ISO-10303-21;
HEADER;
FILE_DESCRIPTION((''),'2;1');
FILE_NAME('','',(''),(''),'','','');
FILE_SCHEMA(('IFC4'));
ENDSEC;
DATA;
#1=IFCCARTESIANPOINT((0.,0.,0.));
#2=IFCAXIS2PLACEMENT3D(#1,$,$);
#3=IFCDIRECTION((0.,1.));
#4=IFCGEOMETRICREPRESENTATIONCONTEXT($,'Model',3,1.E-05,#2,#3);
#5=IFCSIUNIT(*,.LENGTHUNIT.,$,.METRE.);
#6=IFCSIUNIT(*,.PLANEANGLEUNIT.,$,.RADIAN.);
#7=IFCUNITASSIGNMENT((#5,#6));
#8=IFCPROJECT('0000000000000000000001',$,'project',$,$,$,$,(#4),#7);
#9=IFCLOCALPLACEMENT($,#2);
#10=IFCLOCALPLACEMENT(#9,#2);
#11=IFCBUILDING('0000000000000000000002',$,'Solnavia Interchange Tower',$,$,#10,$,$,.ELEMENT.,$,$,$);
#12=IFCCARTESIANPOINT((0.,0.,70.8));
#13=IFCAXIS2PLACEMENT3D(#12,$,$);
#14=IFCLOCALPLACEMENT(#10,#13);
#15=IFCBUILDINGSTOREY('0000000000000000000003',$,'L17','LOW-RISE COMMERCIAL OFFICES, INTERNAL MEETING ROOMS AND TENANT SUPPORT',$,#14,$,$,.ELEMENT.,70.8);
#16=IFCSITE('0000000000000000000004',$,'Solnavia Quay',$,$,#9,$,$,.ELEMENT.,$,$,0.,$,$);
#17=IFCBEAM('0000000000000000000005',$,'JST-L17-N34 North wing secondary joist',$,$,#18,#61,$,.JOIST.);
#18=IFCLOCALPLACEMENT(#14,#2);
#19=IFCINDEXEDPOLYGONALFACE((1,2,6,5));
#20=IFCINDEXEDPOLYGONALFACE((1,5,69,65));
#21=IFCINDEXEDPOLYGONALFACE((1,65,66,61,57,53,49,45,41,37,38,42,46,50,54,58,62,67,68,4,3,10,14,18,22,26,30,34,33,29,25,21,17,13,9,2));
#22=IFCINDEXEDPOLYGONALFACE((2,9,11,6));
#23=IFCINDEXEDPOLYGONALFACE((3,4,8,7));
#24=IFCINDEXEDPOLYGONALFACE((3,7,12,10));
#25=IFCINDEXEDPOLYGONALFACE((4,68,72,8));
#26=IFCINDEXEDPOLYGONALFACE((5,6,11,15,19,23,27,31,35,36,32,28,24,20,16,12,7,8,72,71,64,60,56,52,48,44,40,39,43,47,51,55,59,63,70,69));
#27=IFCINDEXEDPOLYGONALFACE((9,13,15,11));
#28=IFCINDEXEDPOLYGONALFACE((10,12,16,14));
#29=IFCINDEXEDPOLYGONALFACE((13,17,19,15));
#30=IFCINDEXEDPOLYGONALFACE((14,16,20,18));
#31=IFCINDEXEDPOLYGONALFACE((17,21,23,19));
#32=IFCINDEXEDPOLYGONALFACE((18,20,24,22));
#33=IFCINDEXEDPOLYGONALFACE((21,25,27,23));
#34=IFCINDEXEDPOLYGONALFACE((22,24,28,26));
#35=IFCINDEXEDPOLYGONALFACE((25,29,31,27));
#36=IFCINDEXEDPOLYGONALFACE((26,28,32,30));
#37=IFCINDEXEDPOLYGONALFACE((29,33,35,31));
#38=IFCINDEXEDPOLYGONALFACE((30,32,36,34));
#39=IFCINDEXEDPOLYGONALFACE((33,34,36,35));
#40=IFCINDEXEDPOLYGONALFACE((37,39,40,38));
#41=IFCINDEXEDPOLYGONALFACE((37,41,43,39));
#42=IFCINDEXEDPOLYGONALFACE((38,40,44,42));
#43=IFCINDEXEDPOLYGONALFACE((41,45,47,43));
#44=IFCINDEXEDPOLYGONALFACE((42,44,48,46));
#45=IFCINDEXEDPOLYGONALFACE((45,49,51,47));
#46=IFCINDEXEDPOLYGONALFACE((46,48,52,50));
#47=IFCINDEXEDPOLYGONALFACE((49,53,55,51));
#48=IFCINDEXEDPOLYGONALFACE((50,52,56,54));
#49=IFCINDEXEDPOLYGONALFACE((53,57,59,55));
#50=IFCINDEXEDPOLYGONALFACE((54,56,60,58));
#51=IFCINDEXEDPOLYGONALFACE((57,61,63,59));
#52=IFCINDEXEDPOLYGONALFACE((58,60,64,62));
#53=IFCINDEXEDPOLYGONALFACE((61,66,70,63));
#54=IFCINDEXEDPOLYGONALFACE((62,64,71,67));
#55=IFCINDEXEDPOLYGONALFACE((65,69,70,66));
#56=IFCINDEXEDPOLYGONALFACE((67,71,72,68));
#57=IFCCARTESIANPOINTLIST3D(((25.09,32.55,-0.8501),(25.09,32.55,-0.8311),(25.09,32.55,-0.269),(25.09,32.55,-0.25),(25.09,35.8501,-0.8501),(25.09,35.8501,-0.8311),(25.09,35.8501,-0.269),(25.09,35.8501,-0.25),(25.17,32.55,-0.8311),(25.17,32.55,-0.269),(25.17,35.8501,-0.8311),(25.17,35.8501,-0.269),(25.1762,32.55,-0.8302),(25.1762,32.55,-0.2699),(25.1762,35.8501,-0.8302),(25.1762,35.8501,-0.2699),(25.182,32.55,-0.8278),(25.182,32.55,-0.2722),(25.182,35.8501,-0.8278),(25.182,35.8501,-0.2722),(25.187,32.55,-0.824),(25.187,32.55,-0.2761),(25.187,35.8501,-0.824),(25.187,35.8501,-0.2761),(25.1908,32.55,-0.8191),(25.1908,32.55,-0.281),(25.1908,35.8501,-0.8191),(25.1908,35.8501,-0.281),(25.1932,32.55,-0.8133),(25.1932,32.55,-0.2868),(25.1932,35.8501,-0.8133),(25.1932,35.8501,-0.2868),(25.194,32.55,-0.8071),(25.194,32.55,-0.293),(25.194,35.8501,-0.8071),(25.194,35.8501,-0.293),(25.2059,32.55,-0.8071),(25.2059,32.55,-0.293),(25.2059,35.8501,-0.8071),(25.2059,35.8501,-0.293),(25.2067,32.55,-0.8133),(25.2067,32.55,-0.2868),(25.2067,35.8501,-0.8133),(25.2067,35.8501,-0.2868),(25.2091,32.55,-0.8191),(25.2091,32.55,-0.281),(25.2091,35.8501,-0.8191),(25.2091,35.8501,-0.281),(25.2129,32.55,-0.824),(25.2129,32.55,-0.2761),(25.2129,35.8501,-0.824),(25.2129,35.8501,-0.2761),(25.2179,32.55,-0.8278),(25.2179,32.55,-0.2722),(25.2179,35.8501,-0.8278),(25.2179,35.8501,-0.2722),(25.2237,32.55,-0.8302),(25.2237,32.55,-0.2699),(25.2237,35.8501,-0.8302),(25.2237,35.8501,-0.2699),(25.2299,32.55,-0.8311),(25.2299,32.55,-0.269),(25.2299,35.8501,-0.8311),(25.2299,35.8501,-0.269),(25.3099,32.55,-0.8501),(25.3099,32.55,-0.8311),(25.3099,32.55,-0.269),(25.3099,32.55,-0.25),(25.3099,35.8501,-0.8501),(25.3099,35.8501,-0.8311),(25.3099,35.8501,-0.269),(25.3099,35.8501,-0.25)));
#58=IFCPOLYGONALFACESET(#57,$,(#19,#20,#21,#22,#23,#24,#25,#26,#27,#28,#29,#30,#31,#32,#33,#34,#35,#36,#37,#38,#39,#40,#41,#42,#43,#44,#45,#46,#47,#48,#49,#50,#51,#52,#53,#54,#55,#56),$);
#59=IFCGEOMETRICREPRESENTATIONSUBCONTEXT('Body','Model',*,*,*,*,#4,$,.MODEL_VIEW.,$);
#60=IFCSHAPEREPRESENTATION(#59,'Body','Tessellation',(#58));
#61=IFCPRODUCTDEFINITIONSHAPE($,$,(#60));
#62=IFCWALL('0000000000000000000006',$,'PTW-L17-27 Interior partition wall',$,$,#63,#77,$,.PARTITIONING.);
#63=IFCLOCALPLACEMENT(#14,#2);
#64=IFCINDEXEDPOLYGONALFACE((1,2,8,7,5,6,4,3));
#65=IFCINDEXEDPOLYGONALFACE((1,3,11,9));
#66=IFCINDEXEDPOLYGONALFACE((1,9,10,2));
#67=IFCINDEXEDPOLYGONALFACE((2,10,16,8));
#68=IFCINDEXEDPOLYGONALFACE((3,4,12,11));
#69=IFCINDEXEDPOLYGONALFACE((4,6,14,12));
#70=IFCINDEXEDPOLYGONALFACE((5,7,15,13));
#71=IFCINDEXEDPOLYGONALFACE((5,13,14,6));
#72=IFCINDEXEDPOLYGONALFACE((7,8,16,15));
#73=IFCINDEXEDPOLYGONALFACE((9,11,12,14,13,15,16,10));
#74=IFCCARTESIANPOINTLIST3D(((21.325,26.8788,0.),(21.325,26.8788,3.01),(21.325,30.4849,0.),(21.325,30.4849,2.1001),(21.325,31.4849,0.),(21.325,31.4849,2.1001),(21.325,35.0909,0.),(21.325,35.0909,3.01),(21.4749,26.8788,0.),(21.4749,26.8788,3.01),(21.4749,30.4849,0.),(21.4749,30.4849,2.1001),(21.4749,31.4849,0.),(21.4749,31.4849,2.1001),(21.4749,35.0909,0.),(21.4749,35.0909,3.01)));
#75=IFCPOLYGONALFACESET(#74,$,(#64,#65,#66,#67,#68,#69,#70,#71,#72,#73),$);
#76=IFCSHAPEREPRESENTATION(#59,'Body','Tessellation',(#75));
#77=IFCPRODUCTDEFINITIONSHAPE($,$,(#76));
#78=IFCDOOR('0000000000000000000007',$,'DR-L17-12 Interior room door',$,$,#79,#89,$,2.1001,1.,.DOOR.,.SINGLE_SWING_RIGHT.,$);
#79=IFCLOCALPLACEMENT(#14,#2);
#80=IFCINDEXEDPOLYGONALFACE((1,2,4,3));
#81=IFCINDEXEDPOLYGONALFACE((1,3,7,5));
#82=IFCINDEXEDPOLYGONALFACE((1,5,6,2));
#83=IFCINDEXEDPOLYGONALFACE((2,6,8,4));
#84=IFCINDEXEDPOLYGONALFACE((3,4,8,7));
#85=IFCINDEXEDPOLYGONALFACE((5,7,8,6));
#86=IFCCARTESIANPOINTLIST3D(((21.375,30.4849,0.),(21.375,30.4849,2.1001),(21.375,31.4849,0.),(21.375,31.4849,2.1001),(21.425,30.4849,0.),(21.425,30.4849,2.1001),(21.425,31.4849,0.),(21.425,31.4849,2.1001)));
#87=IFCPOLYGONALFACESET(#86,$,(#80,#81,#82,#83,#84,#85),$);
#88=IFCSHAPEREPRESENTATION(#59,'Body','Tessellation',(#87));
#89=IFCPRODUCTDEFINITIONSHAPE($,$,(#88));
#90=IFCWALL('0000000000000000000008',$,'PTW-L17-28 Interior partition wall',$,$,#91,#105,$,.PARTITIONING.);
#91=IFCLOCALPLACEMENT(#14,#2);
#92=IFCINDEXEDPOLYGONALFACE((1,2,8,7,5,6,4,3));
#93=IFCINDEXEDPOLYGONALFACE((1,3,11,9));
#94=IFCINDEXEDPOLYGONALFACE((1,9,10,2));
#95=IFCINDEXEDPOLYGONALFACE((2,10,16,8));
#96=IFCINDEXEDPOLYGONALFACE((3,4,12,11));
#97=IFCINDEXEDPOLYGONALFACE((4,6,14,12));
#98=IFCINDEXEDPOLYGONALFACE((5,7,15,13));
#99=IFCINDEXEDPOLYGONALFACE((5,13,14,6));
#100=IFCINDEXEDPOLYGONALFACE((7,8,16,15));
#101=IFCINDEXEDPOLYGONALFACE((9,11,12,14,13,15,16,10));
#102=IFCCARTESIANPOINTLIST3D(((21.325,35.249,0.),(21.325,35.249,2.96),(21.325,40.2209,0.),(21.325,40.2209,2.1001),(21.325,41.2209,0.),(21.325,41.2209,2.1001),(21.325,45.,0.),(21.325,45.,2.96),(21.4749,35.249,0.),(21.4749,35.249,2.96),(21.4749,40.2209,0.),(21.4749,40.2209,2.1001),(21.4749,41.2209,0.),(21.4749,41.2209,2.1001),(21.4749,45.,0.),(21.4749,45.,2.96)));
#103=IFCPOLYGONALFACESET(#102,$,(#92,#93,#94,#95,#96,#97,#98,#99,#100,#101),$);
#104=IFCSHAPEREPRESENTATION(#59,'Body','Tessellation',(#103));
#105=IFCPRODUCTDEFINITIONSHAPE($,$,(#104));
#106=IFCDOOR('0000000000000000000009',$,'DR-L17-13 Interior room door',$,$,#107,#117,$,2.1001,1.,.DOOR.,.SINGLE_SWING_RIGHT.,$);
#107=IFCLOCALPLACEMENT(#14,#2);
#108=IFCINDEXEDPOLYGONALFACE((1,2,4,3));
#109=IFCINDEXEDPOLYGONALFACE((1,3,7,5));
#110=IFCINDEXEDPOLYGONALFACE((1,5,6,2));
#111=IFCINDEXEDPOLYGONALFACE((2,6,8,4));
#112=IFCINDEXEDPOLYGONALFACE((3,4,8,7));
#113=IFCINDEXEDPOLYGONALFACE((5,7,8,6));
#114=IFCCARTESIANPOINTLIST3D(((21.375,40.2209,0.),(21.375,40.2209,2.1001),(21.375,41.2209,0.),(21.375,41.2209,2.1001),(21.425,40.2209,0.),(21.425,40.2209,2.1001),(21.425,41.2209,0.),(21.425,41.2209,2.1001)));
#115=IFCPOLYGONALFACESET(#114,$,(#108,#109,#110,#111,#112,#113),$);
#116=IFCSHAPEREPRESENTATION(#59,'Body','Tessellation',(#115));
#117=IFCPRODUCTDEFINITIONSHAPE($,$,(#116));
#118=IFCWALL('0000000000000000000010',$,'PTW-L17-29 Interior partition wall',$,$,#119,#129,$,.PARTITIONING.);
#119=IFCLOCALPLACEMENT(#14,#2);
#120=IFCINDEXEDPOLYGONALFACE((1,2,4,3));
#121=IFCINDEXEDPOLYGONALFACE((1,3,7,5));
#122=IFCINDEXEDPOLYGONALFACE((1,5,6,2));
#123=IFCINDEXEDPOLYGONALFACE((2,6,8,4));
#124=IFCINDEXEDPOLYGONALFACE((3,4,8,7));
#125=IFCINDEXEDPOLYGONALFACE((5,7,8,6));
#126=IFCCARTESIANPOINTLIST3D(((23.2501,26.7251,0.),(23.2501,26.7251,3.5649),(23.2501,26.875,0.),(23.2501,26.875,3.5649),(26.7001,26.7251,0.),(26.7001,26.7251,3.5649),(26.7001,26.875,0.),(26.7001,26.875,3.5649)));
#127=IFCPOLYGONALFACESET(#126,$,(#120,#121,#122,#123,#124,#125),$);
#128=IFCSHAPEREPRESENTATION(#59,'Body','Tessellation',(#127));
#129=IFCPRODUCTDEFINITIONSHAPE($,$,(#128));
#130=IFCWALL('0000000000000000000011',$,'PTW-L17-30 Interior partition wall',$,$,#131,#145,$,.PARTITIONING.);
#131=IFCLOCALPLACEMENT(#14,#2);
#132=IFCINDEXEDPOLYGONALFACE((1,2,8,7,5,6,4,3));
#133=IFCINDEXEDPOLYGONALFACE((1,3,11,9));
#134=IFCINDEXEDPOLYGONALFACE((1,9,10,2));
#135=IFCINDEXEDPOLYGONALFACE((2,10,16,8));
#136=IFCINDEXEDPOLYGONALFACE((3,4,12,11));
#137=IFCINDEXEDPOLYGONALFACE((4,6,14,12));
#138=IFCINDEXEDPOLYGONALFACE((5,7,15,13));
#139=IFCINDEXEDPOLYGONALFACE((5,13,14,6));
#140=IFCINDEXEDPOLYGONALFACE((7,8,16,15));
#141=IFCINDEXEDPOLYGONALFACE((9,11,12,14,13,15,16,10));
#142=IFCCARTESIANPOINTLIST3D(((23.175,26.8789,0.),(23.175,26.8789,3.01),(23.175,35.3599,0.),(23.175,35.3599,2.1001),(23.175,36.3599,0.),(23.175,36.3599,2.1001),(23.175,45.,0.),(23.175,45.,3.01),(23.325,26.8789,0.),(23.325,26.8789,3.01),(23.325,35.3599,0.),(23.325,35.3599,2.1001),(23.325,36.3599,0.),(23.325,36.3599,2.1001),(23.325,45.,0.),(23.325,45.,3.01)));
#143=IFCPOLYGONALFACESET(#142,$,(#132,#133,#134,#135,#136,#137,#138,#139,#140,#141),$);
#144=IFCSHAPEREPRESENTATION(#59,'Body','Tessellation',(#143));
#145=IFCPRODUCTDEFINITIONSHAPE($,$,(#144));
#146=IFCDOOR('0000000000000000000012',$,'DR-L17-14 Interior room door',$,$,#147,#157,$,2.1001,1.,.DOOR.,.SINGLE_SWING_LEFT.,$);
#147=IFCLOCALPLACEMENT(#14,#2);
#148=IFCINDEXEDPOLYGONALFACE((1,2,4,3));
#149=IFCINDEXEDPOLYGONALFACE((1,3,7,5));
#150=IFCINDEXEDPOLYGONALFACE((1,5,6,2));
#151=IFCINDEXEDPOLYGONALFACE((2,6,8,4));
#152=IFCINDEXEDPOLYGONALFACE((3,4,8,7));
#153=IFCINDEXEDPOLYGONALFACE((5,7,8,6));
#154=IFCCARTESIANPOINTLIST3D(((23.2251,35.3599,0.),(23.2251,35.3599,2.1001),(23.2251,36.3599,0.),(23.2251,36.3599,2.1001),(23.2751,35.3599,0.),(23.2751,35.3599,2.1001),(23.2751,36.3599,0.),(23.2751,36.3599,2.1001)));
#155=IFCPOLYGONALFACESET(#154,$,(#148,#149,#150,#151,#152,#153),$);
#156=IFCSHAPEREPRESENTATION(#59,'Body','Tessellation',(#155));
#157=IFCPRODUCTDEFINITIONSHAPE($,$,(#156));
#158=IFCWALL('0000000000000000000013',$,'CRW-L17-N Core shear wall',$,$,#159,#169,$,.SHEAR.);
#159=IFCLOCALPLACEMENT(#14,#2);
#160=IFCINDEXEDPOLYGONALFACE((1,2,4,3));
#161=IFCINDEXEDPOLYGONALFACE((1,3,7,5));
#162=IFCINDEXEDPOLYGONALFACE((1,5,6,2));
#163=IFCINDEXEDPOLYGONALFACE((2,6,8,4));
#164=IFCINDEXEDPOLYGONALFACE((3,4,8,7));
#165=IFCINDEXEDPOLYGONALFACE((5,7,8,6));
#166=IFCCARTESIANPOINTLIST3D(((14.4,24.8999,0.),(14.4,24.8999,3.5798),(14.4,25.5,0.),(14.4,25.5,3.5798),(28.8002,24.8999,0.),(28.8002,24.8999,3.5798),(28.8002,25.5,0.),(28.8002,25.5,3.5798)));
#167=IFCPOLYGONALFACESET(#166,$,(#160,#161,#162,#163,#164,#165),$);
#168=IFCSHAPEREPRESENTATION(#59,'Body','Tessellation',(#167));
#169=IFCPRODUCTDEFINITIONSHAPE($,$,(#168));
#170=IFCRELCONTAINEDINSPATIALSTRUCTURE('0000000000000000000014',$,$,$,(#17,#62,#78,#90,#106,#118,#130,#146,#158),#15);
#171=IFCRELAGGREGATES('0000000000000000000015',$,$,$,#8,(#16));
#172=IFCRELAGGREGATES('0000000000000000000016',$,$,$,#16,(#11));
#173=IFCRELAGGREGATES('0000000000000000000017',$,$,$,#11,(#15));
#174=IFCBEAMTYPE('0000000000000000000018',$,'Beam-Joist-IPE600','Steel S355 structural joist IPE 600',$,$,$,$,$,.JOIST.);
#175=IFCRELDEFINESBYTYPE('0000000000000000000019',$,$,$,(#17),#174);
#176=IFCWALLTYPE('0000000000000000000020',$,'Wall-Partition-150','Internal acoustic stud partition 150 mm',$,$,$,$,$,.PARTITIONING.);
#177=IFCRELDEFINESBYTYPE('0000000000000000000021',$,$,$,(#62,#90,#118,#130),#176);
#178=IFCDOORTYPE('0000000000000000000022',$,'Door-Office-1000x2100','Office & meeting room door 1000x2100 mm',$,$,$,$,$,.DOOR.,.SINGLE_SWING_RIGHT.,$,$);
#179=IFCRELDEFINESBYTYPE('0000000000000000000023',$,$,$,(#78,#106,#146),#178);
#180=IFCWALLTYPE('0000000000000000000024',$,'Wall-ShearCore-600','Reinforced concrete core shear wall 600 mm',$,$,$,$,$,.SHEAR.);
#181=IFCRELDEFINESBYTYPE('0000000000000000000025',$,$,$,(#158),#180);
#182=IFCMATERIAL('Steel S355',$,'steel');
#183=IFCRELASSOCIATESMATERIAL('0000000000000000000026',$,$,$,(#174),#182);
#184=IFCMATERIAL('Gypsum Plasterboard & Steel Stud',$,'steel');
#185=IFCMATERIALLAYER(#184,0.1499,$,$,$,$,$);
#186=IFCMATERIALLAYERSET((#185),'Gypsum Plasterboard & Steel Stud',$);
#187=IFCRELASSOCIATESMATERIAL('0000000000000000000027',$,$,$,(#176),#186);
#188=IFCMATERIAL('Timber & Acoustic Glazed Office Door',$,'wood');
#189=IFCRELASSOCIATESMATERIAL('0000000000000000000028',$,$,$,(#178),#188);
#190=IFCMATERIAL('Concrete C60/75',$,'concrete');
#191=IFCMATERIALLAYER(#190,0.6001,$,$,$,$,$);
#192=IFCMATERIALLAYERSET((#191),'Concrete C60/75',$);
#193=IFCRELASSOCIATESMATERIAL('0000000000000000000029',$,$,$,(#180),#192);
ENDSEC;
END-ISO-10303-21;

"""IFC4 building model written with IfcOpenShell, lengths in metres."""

from ifc_helpers import new_model, si_unit, direction, frame, frame_2d, origin, origin_2d, place, context, subcontext, project, spatial, rectangle, i_section, extrude, material, layer, layer_set, material_profile, profile_set, type_object, element, fill, save


model = new_model("IFC4")

# Units and contexts
model_context = context("Model", 3, precision=1e-05, world=origin(), true_north=direction((0.0, 1.0)))
body_context = subcontext(model_context, "Body", "Model", "MODEL_VIEW")
ifc_project = project(units=[si_unit("LENGTHUNIT", "METRE"), si_unit("PLANEANGLEUNIT", "RADIAN")], contexts=[model_context])

# Site, building, storey
site_placement = place(None, origin())
site = spatial("IfcSite", under=ifc_project, at=site_placement, Name="Solnavia Quay", CompositionType="ELEMENT", RefElevation=0.0)
building_placement = place(site_placement, origin())
building = spatial("IfcBuilding", under=site, at=building_placement, Name="Solnavia Interchange Tower", CompositionType="ELEMENT")
storey_placement = place(building_placement, frame((0.0, 0.0, 70.8)))
storey = spatial("IfcBuildingStorey", under=building, at=storey_placement, Name="L17", Description="LOW-RISE COMMERCIAL OFFICES, INTERNAL MEETING ROOMS AND TENANT SUPPORT", CompositionType="ELEMENT", Elevation=70.8)

# Shared definitions
ifc_material_1 = material(Name="Steel S355", Category="steel")

# Beam
ifc_material_profile_1 = material_profile(ifc_material_1, i_section(OverallWidth=0.22, OverallDepth=0.6001, WebThickness=0.012, FlangeThickness=0.019, FilletRadius=0.0239, at=origin_2d()), Name="IPE 600")
ifc_profile_set_1 = profile_set([ifc_material_profile_1], Name="Steel S355")
beam_type_1 = type_object("IfcBeamType", Name="Beam-Joist-IPE600", Description="Steel S355 structural joist IPE 600", PredefinedType="JOIST", material=ifc_profile_set_1)
for number, where, z_axis, x_axis, name in (
    (1, (25.2, 32.55, -0.55), (0.0, 1.0, 0.0), (-1.0, 0.0, 0.0), "JST-L17-N34 North wing secondary joist"),
):
    element("IfcBeam", number, at=place(storey_placement, frame(where, z_axis=z_axis, x_axis=x_axis)), inside=storey, type_object=beam_type_1, Name=name, PredefinedType="JOIST", context=body_context, shape_type="SweptSolid", body=[
        extrude(i_section(OverallWidth=0.22, OverallDepth=0.6001, WebThickness=0.012, FlangeThickness=0.019, FilletRadius=0.0239, at=origin_2d()), origin(), (0.0, 0.0, 1.0), 3.3),
    ])

# Walls, openings, doors
ifc_material_2 = material(Name="Gypsum Plasterboard & Steel Stud", Category="steel")
ifc_layer_1 = layer(ifc_material_2, 0.1499)
ifc_layer_set_1 = layer_set([ifc_layer_1], Name="Gypsum Plasterboard & Steel Stud")
wall_type_1 = type_object("IfcWallType", Name="Wall-Partition-150", Description="Internal acoustic stud partition 150 mm", PredefinedType="PARTITIONING", material=ifc_layer_set_1)
wall_1_placement = place(storey_placement, frame((21.3999, 26.8789, 0.0), z_axis=(0.0, 0.0, 1.0), x_axis=(0.0, 1.0, 0.0)))
wall_1 = element("IfcWall", 2, at=wall_1_placement, inside=storey, type_object=wall_type_1, Name="PTW-L17-27 Interior partition wall", PredefinedType="PARTITIONING", context=body_context, shape_type="SweptSolid", body=[
    extrude(rectangle(XDim=8.2122, YDim=0.1499, at=frame_2d((4.106, 0.0))), origin(), (0.0, 0.0, 1.0), 3.01),
])
opening_1_placement = place(wall_1_placement, frame((3.606, 0.0, 0.0)))
opening_1 = element("IfcOpeningElement", 3, at=opening_1_placement, cuts=wall_1, PredefinedType="OPENING", context=body_context, shape_type="SweptSolid", body=[
    extrude(rectangle(XDim=1.0, YDim=2.1001, at=frame_2d((0.5, 1.05))), frame((0.0, 0.085, 0.0), z_axis=(0.0, -1.0, 0.0), x_axis=(1.0, 0.0, 0.0)), (0.0, 0.0, 1.0), 0.1699),
])
ifc_material_3 = material(Name="Timber & Acoustic Glazed Office Door", Category="wood")
door_type = type_object("IfcDoorType", Name="Door-Office-1000x2100", Description="Office & meeting room door 1000x2100 mm", OperationType="SINGLE_SWING_RIGHT", PredefinedType="DOOR", material=ifc_material_3)
door_1_placement = place(opening_1_placement, origin())
door_1 = element("IfcDoor", 4, at=door_1_placement, inside=storey, type_object=door_type, Name="DR-L17-12 Interior room door", OperationType="SINGLE_SWING_RIGHT", OverallHeight=2.1001, OverallWidth=1.0, PredefinedType="DOOR", context=body_context, shape_type="SweptSolid", body=[
    extrude(rectangle(XDim=1.0, YDim=2.1001, at=frame_2d((0.5, 1.05))), frame((0.0, 0.0249, 0.0), z_axis=(0.0, -1.0, 0.0), x_axis=(1.0, 0.0, 0.0)), (0.0, 0.0, 1.0), 0.05),
])
fill(opening_1, door_1)
wall_2_placement = place(storey_placement, frame((21.3999, 35.249, 0.0), z_axis=(0.0, 0.0, 1.0), x_axis=(0.0, 1.0, 0.0)))
wall_2 = element("IfcWall", 5, at=wall_2_placement, inside=storey, type_object=wall_type_1, Name="PTW-L17-28 Interior partition wall", PredefinedType="PARTITIONING", context=body_context, shape_type="SweptSolid", body=[
    extrude(rectangle(XDim=9.751, YDim=0.1499, at=frame_2d((4.8755, 0.0))), origin(), (0.0, 0.0, 1.0), 2.96),
])
opening_2_placement = place(wall_2_placement, frame((4.9719, 0.0, 0.0)))
opening_2 = element("IfcOpeningElement", 6, at=opening_2_placement, cuts=wall_2, PredefinedType="OPENING", context=body_context, shape_type="SweptSolid", body=[
    extrude(rectangle(XDim=1.0, YDim=2.1001, at=frame_2d((0.5, 1.05))), frame((0.0, 0.085, 0.0), z_axis=(0.0, -1.0, 0.0), x_axis=(1.0, 0.0, 0.0)), (0.0, 0.0, 1.0), 0.1699),
])
door_2_placement = place(opening_2_placement, origin())
door_2 = element("IfcDoor", 7, at=door_2_placement, inside=storey, type_object=door_type, Name="DR-L17-13 Interior room door", OperationType="SINGLE_SWING_RIGHT", OverallHeight=2.1001, OverallWidth=1.0, PredefinedType="DOOR", context=body_context, shape_type="SweptSolid", body=[
    extrude(rectangle(XDim=1.0, YDim=2.1001, at=frame_2d((0.5, 1.05))), frame((0.0, 0.0249, 0.0), z_axis=(0.0, -1.0, 0.0), x_axis=(1.0, 0.0, 0.0)), (0.0, 0.0, 1.0), 0.05),
])
fill(opening_2, door_2)

# Wall
wall_3_placement = place(storey_placement, frame((23.25, 26.8, 0.0), z_axis=(0.0, 0.0, 1.0), x_axis=(1.0, 0.0, 0.0)))
element("IfcWall", 8, at=wall_3_placement, inside=storey, type_object=wall_type_1, Name="PTW-L17-29 Interior partition wall", PredefinedType="PARTITIONING", context=body_context, shape_type="SweptSolid", body=[
    extrude(rectangle(XDim=3.45, YDim=0.1499, at=frame_2d((1.7251, 0.0))), origin(), (0.0, 0.0, 1.0), 3.5649),
])

# Wall, opening, door
wall_4_placement = place(storey_placement, frame((23.25, 26.8789, 0.0), z_axis=(0.0, 0.0, 1.0), x_axis=(0.0, 1.0, 0.0)))
wall_4 = element("IfcWall", 9, at=wall_4_placement, inside=storey, type_object=wall_type_1, Name="PTW-L17-30 Interior partition wall", PredefinedType="PARTITIONING", context=body_context, shape_type="SweptSolid", body=[
    extrude(rectangle(XDim=18.1211, YDim=0.1499, at=frame_2d((9.0605, 0.0))), origin(), (0.0, 0.0, 1.0), 3.01),
])
opening_3_placement = place(wall_4_placement, frame((8.481, 0.0, 0.0)))
opening_3 = element("IfcOpeningElement", 10, at=opening_3_placement, cuts=wall_4, PredefinedType="OPENING", context=body_context, shape_type="SweptSolid", body=[
    extrude(rectangle(XDim=1.0, YDim=2.1001, at=frame_2d((0.5, 1.05))), frame((0.0, 0.085, 0.0), z_axis=(0.0, -1.0, 0.0), x_axis=(1.0, 0.0, 0.0)), (0.0, 0.0, 1.0), 0.1699),
])
door_3_placement = place(opening_3_placement, origin())
door_3 = element("IfcDoor", 11, at=door_3_placement, inside=storey, type_object=door_type, Name="DR-L17-14 Interior room door", OperationType="SINGLE_SWING_LEFT", OverallHeight=2.1001, OverallWidth=1.0, PredefinedType="DOOR", context=body_context, shape_type="SweptSolid", body=[
    extrude(rectangle(XDim=1.0, YDim=2.1001, at=frame_2d((0.5, 1.05))), frame((0.0, 0.0249, 0.0), z_axis=(0.0, -1.0, 0.0), x_axis=(1.0, 0.0, 0.0)), (0.0, 0.0, 1.0), 0.05),
])
fill(opening_3, door_3)

# Wall
ifc_material_4 = material(Name="Concrete C60/75", Category="concrete")
ifc_layer_2 = layer(ifc_material_4, 0.6001)
ifc_layer_set_2 = layer_set([ifc_layer_2], Name="Concrete C60/75")
wall_type_2 = type_object("IfcWallType", Name="Wall-ShearCore-600", Description="Reinforced concrete core shear wall 600 mm", PredefinedType="SHEAR", material=ifc_layer_set_2)
wall_5_placement = place(storey_placement, frame((14.3999, 25.2, 0.0), z_axis=(0.0, 0.0, 1.0), x_axis=(1.0, 0.0, 0.0)))
element("IfcWall", 12, at=wall_5_placement, inside=storey, type_object=wall_type_2, Name="CRW-L17-N Core shear wall", PredefinedType="SHEAR", context=body_context, shape_type="SweptSolid", body=[
    extrude(rectangle(XDim=14.4001, YDim=0.6001, at=frame_2d((7.2002, 0.0))), origin(), (0.0, 0.0, 1.0), 3.5798),
])

save(model, "model.ifc")
